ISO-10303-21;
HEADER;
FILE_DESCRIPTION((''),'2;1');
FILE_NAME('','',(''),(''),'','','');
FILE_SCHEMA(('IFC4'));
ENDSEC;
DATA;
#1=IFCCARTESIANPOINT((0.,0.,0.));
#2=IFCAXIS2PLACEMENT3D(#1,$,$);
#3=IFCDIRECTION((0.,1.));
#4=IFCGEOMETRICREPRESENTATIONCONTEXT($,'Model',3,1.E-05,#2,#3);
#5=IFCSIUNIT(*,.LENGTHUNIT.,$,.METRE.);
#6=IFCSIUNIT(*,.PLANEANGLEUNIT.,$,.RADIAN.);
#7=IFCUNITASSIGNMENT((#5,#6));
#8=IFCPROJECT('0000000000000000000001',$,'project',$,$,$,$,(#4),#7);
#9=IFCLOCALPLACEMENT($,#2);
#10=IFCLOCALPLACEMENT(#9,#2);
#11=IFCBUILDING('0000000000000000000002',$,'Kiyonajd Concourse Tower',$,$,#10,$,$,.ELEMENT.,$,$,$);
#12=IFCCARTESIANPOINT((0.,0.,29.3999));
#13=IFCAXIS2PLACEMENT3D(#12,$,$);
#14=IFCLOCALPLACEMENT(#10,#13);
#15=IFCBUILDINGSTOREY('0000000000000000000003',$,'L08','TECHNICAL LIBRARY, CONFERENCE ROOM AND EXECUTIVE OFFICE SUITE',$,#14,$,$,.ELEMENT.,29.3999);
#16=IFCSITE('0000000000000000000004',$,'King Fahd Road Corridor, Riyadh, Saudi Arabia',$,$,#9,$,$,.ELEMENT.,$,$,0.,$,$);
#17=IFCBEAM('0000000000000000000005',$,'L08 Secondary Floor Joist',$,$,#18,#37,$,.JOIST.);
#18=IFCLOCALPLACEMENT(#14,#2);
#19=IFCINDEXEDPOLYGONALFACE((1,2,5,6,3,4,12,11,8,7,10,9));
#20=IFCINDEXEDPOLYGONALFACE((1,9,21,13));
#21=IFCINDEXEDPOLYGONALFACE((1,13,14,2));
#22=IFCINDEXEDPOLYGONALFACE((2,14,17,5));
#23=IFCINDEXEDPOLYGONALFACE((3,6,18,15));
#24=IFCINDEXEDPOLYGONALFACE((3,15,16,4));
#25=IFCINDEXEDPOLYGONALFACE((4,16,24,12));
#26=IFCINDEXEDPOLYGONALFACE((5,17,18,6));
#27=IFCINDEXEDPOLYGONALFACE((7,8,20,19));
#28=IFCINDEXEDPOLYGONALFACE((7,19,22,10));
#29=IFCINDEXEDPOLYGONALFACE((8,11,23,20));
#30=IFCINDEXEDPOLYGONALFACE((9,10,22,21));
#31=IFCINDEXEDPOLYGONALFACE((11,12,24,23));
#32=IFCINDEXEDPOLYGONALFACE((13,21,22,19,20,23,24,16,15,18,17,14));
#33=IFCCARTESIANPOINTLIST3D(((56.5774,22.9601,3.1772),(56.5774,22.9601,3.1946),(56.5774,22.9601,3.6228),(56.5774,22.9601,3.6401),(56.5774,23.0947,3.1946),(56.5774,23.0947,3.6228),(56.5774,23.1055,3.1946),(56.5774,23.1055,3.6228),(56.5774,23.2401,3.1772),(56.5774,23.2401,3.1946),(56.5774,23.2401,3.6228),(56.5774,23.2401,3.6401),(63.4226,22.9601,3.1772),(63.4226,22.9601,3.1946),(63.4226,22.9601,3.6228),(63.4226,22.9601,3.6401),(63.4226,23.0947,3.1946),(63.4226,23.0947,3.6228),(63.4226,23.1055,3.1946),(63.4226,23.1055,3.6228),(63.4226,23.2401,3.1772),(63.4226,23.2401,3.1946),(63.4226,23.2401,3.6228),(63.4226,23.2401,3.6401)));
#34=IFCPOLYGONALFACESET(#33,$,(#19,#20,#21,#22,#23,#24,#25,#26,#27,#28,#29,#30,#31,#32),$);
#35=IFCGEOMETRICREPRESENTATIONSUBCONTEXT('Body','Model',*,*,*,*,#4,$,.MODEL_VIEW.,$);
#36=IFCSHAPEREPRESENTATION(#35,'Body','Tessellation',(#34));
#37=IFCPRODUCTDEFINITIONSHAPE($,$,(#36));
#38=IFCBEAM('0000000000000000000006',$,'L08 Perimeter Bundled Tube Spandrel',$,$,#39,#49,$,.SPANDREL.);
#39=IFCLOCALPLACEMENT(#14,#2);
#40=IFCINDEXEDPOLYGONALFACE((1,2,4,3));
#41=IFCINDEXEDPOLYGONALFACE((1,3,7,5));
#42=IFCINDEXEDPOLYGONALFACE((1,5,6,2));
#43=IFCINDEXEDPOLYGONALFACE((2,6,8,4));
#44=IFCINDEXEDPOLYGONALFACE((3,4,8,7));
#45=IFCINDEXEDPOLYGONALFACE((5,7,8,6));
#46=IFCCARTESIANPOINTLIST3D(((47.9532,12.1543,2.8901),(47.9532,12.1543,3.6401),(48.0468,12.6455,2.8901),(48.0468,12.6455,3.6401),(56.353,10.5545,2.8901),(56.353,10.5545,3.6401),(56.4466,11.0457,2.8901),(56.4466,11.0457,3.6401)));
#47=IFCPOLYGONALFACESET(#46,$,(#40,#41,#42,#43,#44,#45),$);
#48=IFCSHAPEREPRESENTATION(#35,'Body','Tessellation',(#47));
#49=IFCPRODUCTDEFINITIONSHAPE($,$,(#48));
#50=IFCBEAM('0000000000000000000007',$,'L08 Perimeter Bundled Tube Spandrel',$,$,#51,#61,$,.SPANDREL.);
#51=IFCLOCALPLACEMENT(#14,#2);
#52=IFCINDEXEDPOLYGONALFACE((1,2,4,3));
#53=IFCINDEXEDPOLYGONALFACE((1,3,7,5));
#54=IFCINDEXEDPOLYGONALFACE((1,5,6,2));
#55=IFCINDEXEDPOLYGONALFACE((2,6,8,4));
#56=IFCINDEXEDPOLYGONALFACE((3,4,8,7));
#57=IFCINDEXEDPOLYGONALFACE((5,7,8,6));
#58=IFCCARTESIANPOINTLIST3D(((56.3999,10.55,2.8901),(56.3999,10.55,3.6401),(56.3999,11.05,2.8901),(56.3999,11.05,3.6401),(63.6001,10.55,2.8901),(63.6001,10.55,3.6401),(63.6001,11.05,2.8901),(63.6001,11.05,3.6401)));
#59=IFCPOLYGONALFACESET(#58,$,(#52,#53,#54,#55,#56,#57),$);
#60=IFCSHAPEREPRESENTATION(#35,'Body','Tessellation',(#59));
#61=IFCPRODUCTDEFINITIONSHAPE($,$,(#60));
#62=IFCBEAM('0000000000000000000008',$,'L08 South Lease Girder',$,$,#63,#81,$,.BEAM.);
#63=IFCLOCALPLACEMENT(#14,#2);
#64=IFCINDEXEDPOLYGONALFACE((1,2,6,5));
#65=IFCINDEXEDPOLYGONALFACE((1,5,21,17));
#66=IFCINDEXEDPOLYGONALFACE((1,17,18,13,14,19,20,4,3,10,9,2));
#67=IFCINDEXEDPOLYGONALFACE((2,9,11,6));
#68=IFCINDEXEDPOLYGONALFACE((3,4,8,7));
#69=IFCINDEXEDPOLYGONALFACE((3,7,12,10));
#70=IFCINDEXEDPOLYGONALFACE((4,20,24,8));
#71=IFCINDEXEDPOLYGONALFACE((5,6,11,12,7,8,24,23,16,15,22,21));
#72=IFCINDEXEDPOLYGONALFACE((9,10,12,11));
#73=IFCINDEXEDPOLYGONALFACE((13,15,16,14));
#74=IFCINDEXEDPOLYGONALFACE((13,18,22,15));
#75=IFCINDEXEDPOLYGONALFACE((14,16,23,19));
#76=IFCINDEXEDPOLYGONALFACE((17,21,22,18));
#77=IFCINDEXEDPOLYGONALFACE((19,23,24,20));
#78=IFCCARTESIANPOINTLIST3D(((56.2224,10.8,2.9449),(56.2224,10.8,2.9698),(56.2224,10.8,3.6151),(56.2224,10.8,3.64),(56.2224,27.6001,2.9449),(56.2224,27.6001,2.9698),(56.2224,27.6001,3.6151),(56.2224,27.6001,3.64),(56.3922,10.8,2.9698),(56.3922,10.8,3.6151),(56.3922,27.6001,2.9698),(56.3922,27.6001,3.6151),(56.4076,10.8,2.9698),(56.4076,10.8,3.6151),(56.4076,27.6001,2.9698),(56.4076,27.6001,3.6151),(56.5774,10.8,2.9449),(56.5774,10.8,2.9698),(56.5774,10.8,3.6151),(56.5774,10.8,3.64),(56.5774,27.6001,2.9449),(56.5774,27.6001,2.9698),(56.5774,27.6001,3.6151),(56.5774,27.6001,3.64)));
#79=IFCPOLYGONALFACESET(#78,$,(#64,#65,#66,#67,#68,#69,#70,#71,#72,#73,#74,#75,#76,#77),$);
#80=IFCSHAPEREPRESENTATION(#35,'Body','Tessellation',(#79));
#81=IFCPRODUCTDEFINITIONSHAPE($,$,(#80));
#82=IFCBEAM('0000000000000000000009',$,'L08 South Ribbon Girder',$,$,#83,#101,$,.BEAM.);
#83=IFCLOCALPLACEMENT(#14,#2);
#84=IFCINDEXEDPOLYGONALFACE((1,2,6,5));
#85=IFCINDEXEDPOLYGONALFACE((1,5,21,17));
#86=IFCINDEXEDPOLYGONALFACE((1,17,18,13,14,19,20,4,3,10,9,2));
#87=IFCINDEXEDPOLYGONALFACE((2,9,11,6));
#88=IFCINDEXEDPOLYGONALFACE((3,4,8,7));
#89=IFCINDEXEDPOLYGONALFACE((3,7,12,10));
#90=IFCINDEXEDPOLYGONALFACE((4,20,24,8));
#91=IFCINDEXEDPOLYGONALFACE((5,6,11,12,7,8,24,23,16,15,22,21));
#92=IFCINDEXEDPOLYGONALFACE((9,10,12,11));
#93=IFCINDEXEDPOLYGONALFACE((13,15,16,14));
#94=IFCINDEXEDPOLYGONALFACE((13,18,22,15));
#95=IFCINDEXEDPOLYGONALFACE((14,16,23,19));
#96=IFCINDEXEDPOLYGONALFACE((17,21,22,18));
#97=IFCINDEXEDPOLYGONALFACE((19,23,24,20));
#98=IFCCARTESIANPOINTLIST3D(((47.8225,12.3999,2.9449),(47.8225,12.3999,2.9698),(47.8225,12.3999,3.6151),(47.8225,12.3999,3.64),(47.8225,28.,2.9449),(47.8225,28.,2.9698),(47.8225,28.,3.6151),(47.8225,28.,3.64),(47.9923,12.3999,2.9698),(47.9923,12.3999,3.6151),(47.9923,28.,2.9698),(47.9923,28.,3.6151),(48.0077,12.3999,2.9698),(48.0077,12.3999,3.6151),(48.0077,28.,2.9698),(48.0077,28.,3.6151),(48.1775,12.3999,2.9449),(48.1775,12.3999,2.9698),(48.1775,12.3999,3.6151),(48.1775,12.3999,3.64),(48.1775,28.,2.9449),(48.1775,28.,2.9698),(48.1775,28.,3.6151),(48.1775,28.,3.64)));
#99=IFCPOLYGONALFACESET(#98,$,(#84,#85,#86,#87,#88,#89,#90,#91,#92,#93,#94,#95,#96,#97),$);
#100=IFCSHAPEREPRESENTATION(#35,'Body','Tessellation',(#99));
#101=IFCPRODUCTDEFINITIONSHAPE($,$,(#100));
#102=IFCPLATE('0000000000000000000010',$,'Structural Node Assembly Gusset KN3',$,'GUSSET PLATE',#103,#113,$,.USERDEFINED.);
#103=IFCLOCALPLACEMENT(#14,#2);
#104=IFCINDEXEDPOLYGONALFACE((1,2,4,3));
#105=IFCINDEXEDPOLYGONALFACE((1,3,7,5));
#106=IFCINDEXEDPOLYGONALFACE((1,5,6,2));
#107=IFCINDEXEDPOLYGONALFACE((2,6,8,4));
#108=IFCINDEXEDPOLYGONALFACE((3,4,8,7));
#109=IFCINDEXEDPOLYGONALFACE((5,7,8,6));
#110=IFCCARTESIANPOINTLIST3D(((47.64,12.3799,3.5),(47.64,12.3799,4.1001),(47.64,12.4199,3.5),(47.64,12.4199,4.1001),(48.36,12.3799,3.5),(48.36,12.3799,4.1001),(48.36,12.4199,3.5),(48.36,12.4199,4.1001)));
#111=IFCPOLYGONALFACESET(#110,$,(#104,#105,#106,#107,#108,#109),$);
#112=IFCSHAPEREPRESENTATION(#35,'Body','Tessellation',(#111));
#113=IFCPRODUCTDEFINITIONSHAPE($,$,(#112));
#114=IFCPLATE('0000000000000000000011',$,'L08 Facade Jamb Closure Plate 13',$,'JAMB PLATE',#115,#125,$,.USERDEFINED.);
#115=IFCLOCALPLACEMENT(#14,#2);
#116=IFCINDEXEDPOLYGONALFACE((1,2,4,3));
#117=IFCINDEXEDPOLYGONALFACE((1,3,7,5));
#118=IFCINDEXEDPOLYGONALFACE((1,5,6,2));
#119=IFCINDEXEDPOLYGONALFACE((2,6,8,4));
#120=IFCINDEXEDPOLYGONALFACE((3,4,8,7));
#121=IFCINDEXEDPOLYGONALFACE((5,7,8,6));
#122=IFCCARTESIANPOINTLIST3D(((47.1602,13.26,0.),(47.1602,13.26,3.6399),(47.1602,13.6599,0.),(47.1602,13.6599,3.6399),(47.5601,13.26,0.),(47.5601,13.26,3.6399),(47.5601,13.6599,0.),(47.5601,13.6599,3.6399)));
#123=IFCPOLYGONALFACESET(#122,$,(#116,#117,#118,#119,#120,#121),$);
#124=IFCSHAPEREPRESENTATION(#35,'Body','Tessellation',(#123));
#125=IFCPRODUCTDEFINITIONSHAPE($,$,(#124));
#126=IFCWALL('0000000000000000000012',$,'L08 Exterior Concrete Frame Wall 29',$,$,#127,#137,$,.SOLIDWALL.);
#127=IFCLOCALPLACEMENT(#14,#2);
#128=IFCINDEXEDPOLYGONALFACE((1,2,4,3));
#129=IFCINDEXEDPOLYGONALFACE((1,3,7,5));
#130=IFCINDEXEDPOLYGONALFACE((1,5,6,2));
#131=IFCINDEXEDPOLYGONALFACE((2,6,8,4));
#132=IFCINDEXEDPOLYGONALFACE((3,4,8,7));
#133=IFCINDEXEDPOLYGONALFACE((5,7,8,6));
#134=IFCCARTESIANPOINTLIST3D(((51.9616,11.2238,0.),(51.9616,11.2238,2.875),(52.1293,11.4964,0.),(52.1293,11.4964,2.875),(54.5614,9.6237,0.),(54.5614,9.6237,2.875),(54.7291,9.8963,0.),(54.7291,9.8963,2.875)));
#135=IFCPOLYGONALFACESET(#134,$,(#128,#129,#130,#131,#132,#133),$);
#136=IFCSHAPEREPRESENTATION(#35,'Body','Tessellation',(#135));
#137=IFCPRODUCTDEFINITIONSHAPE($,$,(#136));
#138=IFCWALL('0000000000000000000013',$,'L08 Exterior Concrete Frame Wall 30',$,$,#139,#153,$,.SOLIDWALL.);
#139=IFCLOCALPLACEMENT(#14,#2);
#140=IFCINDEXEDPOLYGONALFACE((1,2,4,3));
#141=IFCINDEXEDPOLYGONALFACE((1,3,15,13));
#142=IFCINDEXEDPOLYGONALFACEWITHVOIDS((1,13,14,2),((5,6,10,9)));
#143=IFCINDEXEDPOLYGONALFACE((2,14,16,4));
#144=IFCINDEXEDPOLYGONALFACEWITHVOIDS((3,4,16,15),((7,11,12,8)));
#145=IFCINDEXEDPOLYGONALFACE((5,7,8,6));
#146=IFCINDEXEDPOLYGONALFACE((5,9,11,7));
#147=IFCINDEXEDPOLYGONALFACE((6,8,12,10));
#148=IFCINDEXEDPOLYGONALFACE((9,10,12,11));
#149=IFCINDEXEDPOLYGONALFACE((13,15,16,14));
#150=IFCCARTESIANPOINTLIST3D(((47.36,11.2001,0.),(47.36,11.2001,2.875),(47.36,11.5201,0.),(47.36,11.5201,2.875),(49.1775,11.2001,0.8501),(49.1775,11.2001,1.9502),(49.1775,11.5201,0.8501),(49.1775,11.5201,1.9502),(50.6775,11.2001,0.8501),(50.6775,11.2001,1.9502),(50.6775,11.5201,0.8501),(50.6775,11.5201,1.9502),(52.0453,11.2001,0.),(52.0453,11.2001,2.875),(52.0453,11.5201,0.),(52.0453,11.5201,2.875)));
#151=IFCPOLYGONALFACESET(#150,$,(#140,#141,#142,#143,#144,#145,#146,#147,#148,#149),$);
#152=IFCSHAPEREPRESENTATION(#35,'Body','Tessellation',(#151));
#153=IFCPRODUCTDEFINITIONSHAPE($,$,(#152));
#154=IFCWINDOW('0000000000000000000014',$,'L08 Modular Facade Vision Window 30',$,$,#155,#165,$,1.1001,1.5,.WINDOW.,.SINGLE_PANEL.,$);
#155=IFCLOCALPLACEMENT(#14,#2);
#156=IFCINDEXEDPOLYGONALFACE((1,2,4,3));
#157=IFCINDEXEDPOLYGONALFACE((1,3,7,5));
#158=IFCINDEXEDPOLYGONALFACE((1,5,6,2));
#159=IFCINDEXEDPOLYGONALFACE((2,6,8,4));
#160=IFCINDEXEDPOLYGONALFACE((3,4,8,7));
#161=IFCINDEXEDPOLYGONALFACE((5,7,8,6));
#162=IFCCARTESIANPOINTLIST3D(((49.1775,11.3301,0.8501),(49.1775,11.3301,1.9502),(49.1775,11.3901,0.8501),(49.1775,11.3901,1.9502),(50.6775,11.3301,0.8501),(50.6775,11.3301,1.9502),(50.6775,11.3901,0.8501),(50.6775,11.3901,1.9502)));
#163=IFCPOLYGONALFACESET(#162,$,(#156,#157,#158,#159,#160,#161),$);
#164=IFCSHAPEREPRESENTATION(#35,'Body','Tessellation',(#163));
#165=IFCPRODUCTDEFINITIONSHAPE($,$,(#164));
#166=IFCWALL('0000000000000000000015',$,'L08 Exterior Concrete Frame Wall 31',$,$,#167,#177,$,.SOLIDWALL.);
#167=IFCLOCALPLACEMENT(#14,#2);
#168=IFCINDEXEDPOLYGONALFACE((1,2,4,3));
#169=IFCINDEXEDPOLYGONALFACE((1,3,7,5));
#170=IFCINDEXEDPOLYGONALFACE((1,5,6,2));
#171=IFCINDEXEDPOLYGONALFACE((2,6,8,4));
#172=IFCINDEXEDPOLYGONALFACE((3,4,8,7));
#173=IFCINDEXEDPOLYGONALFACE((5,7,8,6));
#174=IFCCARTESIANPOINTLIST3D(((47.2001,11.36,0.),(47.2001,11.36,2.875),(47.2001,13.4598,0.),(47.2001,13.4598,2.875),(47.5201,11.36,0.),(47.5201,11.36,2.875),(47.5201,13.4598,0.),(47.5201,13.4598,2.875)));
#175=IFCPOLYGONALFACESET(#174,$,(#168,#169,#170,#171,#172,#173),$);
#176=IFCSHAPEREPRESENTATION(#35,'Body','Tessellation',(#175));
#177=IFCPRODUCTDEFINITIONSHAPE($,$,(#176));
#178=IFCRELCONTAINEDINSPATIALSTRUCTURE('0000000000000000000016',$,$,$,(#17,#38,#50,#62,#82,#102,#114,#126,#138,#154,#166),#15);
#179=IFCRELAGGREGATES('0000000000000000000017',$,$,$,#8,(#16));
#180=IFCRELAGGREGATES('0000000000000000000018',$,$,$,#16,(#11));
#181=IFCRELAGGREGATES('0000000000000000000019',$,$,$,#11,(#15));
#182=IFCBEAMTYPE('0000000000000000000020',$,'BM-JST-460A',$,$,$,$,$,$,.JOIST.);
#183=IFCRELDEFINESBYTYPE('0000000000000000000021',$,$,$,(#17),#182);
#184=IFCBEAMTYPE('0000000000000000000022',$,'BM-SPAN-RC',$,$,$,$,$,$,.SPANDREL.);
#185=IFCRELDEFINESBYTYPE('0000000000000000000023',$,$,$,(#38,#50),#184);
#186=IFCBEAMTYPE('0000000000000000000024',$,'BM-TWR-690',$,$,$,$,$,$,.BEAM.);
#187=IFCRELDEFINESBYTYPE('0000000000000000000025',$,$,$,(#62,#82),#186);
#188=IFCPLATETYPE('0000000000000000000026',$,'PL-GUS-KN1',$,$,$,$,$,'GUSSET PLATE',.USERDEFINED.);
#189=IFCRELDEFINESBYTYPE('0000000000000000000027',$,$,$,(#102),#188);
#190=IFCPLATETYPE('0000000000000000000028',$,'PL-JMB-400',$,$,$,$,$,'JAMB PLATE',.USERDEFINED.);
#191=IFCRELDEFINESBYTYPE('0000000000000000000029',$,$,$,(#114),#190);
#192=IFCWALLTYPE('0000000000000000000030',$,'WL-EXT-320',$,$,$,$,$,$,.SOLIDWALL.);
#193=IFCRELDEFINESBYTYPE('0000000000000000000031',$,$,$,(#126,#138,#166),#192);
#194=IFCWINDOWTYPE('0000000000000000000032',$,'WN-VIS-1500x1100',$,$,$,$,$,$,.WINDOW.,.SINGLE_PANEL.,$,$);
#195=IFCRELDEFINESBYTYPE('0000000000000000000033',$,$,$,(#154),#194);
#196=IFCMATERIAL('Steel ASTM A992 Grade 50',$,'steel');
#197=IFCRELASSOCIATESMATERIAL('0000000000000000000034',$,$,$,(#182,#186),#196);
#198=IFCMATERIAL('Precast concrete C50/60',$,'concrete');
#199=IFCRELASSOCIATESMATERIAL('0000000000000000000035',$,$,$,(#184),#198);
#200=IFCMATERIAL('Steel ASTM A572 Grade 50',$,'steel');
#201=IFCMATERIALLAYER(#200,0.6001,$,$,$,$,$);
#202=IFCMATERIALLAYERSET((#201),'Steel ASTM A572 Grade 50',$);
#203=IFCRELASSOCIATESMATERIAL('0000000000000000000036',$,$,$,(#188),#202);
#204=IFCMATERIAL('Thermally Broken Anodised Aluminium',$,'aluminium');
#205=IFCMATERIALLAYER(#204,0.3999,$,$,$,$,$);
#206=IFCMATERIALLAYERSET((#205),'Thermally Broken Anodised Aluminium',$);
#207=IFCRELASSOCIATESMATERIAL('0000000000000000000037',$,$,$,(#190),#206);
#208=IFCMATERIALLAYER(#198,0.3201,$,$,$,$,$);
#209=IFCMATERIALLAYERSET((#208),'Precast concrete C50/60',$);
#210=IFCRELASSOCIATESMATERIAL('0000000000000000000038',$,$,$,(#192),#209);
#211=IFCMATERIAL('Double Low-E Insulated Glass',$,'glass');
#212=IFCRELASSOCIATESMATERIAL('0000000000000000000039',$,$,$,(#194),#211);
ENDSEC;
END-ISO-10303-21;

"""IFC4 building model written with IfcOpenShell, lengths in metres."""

from ifc_helpers import new_model, si_unit, direction, frame, frame_2d, origin, origin_2d, place, context, subcontext, project, spatial, rectangle, i_section, extrude, material, layer, layer_set, material_profile, profile_set, type_object, element, fill, save


model = new_model("IFC4")

# Units and contexts
model_context = context("Model", 3, precision=1e-05, world=origin(), true_north=direction((0.0, 1.0)))
body_context = subcontext(model_context, "Body", "Model", "MODEL_VIEW")
ifc_project = project(units=[si_unit("LENGTHUNIT", "METRE"), si_unit("PLANEANGLEUNIT", "RADIAN")], contexts=[model_context])

# Site, building, storey
site_placement = place(None, origin())
site = spatial("IfcSite", under=ifc_project, at=site_placement, Name="King Fahd Road Corridor, Riyadh, Saudi Arabia", CompositionType="ELEMENT", RefElevation=0.0)
building_placement = place(site_placement, origin())
building = spatial("IfcBuilding", under=site, at=building_placement, Name="Kiyonajd Concourse Tower", CompositionType="ELEMENT")
storey_placement = place(building_placement, frame((0.0, 0.0, 29.3999)))
storey = spatial("IfcBuildingStorey", under=building, at=storey_placement, Name="L08", Description="TECHNICAL LIBRARY, CONFERENCE ROOM AND EXECUTIVE OFFICE SUITE", CompositionType="ELEMENT", Elevation=29.3999)

# Beams
ifc_material_1 = material(Name="Steel ASTM A992 Grade 50", Category="steel")
ifc_material_profile_1 = material_profile(ifc_material_1, i_section(OverallWidth=0.28, OverallDepth=0.4629, WebThickness=0.0107, FlangeThickness=0.0173, at=origin_2d()), Name="W460X113")
ifc_profile_set_1 = profile_set([ifc_material_profile_1], Name="Steel ASTM A992 Grade 50")
beam_type_1 = type_object("IfcBeamType", Name="BM-JST-460A", PredefinedType="JOIST", material=ifc_profile_set_1)
beam_1_placement = place(storey_placement, frame((56.5774, 23.1001, 3.4087), z_axis=(1.0, 0.0, 0.0), x_axis=(0.0, 1.0, 0.0)))
element("IfcBeam", 1, at=beam_1_placement, inside=storey, type_object=beam_type_1, Name="L08 Secondary Floor Joist", PredefinedType="JOIST", context=body_context, shape_type="SweptSolid", body=[
    extrude(i_section(OverallWidth=0.28, OverallDepth=0.4629, WebThickness=0.0107, FlangeThickness=0.0173, at=origin_2d()), origin(), (0.0, 0.0, 1.0), 6.8452),
])
ifc_material_2 = material(Name="Precast concrete C50/60", Category="concrete")
ifc_material_profile_2 = material_profile(ifc_material_2, rectangle(XDim=0.5, YDim=0.75, at=origin_2d()), Name="RCBM-500x750")
ifc_profile_set_2 = profile_set([ifc_material_profile_2], Name="Precast concrete C50/60")
beam_type_2 = type_object("IfcBeamType", Name="BM-SPAN-RC", PredefinedType="SPANDREL", material=ifc_profile_set_2)
beam_2_placement = place(storey_placement, frame((48.0, 12.3999, 3.2651), z_axis=(0.982341, -0.187098, 0.0), x_axis=(0.187098, 0.982341, 0.0)))
element("IfcBeam", 2, at=beam_2_placement, inside=storey, type_object=beam_type_2, Name="L08 Perimeter Bundled Tube Spandrel", PredefinedType="SPANDREL", context=body_context, shape_type="SweptSolid", body=[
    extrude(rectangle(XDim=0.5, YDim=0.75, at=origin_2d()), origin(), (0.0, 0.0, 1.0), 8.5508),
])
beam_3_placement = place(storey_placement, frame((56.3999, 10.8, 3.2651), z_axis=(1.0, 0.0, 0.0), x_axis=(0.0, 1.0, 0.0)))
element("IfcBeam", 3, at=beam_3_placement, inside=storey, type_object=beam_type_2, Name="L08 Perimeter Bundled Tube Spandrel", PredefinedType="SPANDREL", context=body_context, shape_type="SweptSolid", body=[
    extrude(rectangle(XDim=0.5, YDim=0.75, at=origin_2d()), origin(), (0.0, 0.0, 1.0), 7.2002),
])
ifc_material_profile_3 = material_profile(ifc_material_1, i_section(OverallWidth=0.355, OverallDepth=0.6951, WebThickness=0.0154, FlangeThickness=0.0249, at=origin_2d()), Name="W690X217")
ifc_profile_set_3 = profile_set([ifc_material_profile_3], Name="Steel ASTM A992 Grade 50")
beam_type_3 = type_object("IfcBeamType", Name="BM-TWR-690", PredefinedType="BEAM", material=ifc_profile_set_3)
beam_4_placement = place(storey_placement, frame((56.3999, 10.8, 3.2925), z_axis=(0.0, 1.0, 0.0), x_axis=(-1.0, 0.0, 0.0)))
element("IfcBeam", 4, at=beam_4_placement, inside=storey, type_object=beam_type_3, Name="L08 South Lease Girder", PredefinedType="BEAM", context=body_context, shape_type="SweptSolid", body=[
    extrude(i_section(OverallWidth=0.355, OverallDepth=0.6951, WebThickness=0.0154, FlangeThickness=0.0249, at=origin_2d()), origin(), (0.0, 0.0, 1.0), 16.8),
])
beam_5_placement = place(storey_placement, frame((48.0, 12.3999, 3.2925), z_axis=(0.0, 1.0, 0.0), x_axis=(-1.0, 0.0, 0.0)))
element("IfcBeam", 5, at=beam_5_placement, inside=storey, type_object=beam_type_3, Name="L08 South Ribbon Girder", PredefinedType="BEAM", context=body_context, shape_type="SweptSolid", body=[
    extrude(i_section(OverallWidth=0.355, OverallDepth=0.6951, WebThickness=0.0154, FlangeThickness=0.0249, at=origin_2d()), origin(), (0.0, 0.0, 1.0), 15.6001),
])

# Plates
ifc_material_3 = material(Name="Steel ASTM A572 Grade 50", Category="steel")
ifc_layer_1 = layer(ifc_material_3, 0.6001)
ifc_layer_set_1 = layer_set([ifc_layer_1], Name="Steel ASTM A572 Grade 50")
plate_type_1 = type_object("IfcPlateType", Name="PL-GUS-KN1", ElementType="GUSSET PLATE", PredefinedType="USERDEFINED", material=ifc_layer_set_1)
plate_1_placement = place(storey_placement, frame((48.0, 12.3999, 3.5), z_axis=(0.0, 0.0, 1.0), x_axis=(1.0, 0.0, 0.0)))
element("IfcPlate", 6, at=plate_1_placement, inside=storey, type_object=plate_type_1, Name="Structural Node Assembly Gusset KN3", ObjectType="GUSSET PLATE", PredefinedType="USERDEFINED", context=body_context, shape_type="SweptSolid", body=[
    extrude(rectangle(XDim=0.72, YDim=0.04, at=origin_2d()), origin(), (0.0, 0.0, 1.0), 0.6001),
])
ifc_material_4 = material(Name="Thermally Broken Anodised Aluminium", Category="aluminium")
ifc_layer_2 = layer(ifc_material_4, 0.3999)
ifc_layer_set_2 = layer_set([ifc_layer_2], Name="Thermally Broken Anodised Aluminium")
plate_type_2 = type_object("IfcPlateType", Name="PL-JMB-400", ElementType="JAMB PLATE", PredefinedType="USERDEFINED", material=ifc_layer_set_2)
plate_2_placement = place(storey_placement, frame((47.3601, 13.46, 0.0), z_axis=(0.0, 0.0, 1.0), x_axis=(1.0, 0.0, 0.0)))
element("IfcPlate", 7, at=plate_2_placement, inside=storey, type_object=plate_type_2, Name="L08 Facade Jamb Closure Plate 13", ObjectType="JAMB PLATE", PredefinedType="USERDEFINED", context=body_context, shape_type="SweptSolid", body=[
    extrude(rectangle(XDim=0.3999, YDim=0.3999, at=origin_2d()), origin(), (0.0, 0.0, 1.0), 3.6399),
])

# Wall
ifc_layer_3 = layer(ifc_material_2, 0.3201)
ifc_layer_set_3 = layer_set([ifc_layer_3], Name="Precast concrete C50/60")
wall_type_1 = type_object("IfcWallType", Name="WL-EXT-320", PredefinedType="SOLIDWALL", material=ifc_layer_set_3)
wall_1_placement = place(storey_placement, frame((54.6453, 9.76, 0.0), z_axis=(0.0, 0.0, 1.0), x_axis=(-0.851631, 0.524142, 0.0)))
element("IfcWall", 8, at=wall_1_placement, inside=storey, type_object=wall_type_1, Name="L08 Exterior Concrete Frame Wall 29", PredefinedType="SOLIDWALL", context=body_context, shape_type="SweptSolid", body=[
    extrude(rectangle(XDim=3.0527, YDim=0.3201, at=frame_2d((1.5264, 0.0))), origin(), (0.0, 0.0, 1.0), 2.875),
])

# Wall, opening, window
wall_2_placement = place(storey_placement, frame((52.0454, 11.3601, 0.0), z_axis=(0.0, 0.0, 1.0), x_axis=(-1.0, 0.0, 0.0)))
wall_2 = element("IfcWall", 9, at=wall_2_placement, inside=storey, type_object=wall_type_1, Name="L08 Exterior Concrete Frame Wall 30", PredefinedType="SOLIDWALL", context=body_context, shape_type="SweptSolid", body=[
    extrude(rectangle(XDim=4.6853, YDim=0.3201, at=frame_2d((2.3428, 0.0))), origin(), (0.0, 0.0, 1.0), 2.875),
])
opening_1_placement = place(wall_2_placement, frame((1.3679, 0.0, 0.8501)))
opening_1 = element("IfcOpeningElement", 10, at=opening_1_placement, cuts=wall_2, PredefinedType="OPENING", context=body_context, shape_type="SweptSolid", body=[
    extrude(rectangle(XDim=1.5, YDim=1.1001, at=frame_2d((0.75, 0.55))), frame((0.0, 0.1699, 0.0), z_axis=(0.0, -1.0, 0.0), x_axis=(1.0, 0.0, 0.0)), (0.0, 0.0, 1.0), 0.3401),
])
ifc_material_5 = material(Name="Double Low-E Insulated Glass", Category="glass")
window_type = type_object("IfcWindowType", Name="WN-VIS-1500x1100", PartitioningType="SINGLE_PANEL", PredefinedType="WINDOW", material=ifc_material_5)
window_placement = place(opening_1_placement, origin())
window = element("IfcWindow", 11, at=window_placement, inside=storey, type_object=window_type, Name="L08 Modular Facade Vision Window 30", OverallHeight=1.1001, OverallWidth=1.5, PartitioningType="SINGLE_PANEL", PredefinedType="WINDOW", context=body_context, shape_type="SweptSolid", body=[
    extrude(rectangle(XDim=1.5, YDim=1.1001, at=frame_2d((0.75, 0.55))), frame((0.0, 0.03, 0.0), z_axis=(0.0, -1.0, 0.0), x_axis=(1.0, 0.0, 0.0)), (0.0, 0.0, 1.0), 0.0601),
])
fill(opening_1, window)

# Wall
wall_3_placement = place(storey_placement, frame((47.3601, 11.3601, 0.0), z_axis=(0.0, 0.0, 1.0), x_axis=(0.0, 1.0, 0.0)))
element("IfcWall", 12, at=wall_3_placement, inside=storey, type_object=wall_type_1, Name="L08 Exterior Concrete Frame Wall 31", PredefinedType="SOLIDWALL", context=body_context, shape_type="SweptSolid", body=[
    extrude(rectangle(XDim=2.0999, YDim=0.3201, at=frame_2d((1.0498, 0.0))), origin(), (0.0, 0.0, 1.0), 2.875),
])

save(model, "model.ifc")
